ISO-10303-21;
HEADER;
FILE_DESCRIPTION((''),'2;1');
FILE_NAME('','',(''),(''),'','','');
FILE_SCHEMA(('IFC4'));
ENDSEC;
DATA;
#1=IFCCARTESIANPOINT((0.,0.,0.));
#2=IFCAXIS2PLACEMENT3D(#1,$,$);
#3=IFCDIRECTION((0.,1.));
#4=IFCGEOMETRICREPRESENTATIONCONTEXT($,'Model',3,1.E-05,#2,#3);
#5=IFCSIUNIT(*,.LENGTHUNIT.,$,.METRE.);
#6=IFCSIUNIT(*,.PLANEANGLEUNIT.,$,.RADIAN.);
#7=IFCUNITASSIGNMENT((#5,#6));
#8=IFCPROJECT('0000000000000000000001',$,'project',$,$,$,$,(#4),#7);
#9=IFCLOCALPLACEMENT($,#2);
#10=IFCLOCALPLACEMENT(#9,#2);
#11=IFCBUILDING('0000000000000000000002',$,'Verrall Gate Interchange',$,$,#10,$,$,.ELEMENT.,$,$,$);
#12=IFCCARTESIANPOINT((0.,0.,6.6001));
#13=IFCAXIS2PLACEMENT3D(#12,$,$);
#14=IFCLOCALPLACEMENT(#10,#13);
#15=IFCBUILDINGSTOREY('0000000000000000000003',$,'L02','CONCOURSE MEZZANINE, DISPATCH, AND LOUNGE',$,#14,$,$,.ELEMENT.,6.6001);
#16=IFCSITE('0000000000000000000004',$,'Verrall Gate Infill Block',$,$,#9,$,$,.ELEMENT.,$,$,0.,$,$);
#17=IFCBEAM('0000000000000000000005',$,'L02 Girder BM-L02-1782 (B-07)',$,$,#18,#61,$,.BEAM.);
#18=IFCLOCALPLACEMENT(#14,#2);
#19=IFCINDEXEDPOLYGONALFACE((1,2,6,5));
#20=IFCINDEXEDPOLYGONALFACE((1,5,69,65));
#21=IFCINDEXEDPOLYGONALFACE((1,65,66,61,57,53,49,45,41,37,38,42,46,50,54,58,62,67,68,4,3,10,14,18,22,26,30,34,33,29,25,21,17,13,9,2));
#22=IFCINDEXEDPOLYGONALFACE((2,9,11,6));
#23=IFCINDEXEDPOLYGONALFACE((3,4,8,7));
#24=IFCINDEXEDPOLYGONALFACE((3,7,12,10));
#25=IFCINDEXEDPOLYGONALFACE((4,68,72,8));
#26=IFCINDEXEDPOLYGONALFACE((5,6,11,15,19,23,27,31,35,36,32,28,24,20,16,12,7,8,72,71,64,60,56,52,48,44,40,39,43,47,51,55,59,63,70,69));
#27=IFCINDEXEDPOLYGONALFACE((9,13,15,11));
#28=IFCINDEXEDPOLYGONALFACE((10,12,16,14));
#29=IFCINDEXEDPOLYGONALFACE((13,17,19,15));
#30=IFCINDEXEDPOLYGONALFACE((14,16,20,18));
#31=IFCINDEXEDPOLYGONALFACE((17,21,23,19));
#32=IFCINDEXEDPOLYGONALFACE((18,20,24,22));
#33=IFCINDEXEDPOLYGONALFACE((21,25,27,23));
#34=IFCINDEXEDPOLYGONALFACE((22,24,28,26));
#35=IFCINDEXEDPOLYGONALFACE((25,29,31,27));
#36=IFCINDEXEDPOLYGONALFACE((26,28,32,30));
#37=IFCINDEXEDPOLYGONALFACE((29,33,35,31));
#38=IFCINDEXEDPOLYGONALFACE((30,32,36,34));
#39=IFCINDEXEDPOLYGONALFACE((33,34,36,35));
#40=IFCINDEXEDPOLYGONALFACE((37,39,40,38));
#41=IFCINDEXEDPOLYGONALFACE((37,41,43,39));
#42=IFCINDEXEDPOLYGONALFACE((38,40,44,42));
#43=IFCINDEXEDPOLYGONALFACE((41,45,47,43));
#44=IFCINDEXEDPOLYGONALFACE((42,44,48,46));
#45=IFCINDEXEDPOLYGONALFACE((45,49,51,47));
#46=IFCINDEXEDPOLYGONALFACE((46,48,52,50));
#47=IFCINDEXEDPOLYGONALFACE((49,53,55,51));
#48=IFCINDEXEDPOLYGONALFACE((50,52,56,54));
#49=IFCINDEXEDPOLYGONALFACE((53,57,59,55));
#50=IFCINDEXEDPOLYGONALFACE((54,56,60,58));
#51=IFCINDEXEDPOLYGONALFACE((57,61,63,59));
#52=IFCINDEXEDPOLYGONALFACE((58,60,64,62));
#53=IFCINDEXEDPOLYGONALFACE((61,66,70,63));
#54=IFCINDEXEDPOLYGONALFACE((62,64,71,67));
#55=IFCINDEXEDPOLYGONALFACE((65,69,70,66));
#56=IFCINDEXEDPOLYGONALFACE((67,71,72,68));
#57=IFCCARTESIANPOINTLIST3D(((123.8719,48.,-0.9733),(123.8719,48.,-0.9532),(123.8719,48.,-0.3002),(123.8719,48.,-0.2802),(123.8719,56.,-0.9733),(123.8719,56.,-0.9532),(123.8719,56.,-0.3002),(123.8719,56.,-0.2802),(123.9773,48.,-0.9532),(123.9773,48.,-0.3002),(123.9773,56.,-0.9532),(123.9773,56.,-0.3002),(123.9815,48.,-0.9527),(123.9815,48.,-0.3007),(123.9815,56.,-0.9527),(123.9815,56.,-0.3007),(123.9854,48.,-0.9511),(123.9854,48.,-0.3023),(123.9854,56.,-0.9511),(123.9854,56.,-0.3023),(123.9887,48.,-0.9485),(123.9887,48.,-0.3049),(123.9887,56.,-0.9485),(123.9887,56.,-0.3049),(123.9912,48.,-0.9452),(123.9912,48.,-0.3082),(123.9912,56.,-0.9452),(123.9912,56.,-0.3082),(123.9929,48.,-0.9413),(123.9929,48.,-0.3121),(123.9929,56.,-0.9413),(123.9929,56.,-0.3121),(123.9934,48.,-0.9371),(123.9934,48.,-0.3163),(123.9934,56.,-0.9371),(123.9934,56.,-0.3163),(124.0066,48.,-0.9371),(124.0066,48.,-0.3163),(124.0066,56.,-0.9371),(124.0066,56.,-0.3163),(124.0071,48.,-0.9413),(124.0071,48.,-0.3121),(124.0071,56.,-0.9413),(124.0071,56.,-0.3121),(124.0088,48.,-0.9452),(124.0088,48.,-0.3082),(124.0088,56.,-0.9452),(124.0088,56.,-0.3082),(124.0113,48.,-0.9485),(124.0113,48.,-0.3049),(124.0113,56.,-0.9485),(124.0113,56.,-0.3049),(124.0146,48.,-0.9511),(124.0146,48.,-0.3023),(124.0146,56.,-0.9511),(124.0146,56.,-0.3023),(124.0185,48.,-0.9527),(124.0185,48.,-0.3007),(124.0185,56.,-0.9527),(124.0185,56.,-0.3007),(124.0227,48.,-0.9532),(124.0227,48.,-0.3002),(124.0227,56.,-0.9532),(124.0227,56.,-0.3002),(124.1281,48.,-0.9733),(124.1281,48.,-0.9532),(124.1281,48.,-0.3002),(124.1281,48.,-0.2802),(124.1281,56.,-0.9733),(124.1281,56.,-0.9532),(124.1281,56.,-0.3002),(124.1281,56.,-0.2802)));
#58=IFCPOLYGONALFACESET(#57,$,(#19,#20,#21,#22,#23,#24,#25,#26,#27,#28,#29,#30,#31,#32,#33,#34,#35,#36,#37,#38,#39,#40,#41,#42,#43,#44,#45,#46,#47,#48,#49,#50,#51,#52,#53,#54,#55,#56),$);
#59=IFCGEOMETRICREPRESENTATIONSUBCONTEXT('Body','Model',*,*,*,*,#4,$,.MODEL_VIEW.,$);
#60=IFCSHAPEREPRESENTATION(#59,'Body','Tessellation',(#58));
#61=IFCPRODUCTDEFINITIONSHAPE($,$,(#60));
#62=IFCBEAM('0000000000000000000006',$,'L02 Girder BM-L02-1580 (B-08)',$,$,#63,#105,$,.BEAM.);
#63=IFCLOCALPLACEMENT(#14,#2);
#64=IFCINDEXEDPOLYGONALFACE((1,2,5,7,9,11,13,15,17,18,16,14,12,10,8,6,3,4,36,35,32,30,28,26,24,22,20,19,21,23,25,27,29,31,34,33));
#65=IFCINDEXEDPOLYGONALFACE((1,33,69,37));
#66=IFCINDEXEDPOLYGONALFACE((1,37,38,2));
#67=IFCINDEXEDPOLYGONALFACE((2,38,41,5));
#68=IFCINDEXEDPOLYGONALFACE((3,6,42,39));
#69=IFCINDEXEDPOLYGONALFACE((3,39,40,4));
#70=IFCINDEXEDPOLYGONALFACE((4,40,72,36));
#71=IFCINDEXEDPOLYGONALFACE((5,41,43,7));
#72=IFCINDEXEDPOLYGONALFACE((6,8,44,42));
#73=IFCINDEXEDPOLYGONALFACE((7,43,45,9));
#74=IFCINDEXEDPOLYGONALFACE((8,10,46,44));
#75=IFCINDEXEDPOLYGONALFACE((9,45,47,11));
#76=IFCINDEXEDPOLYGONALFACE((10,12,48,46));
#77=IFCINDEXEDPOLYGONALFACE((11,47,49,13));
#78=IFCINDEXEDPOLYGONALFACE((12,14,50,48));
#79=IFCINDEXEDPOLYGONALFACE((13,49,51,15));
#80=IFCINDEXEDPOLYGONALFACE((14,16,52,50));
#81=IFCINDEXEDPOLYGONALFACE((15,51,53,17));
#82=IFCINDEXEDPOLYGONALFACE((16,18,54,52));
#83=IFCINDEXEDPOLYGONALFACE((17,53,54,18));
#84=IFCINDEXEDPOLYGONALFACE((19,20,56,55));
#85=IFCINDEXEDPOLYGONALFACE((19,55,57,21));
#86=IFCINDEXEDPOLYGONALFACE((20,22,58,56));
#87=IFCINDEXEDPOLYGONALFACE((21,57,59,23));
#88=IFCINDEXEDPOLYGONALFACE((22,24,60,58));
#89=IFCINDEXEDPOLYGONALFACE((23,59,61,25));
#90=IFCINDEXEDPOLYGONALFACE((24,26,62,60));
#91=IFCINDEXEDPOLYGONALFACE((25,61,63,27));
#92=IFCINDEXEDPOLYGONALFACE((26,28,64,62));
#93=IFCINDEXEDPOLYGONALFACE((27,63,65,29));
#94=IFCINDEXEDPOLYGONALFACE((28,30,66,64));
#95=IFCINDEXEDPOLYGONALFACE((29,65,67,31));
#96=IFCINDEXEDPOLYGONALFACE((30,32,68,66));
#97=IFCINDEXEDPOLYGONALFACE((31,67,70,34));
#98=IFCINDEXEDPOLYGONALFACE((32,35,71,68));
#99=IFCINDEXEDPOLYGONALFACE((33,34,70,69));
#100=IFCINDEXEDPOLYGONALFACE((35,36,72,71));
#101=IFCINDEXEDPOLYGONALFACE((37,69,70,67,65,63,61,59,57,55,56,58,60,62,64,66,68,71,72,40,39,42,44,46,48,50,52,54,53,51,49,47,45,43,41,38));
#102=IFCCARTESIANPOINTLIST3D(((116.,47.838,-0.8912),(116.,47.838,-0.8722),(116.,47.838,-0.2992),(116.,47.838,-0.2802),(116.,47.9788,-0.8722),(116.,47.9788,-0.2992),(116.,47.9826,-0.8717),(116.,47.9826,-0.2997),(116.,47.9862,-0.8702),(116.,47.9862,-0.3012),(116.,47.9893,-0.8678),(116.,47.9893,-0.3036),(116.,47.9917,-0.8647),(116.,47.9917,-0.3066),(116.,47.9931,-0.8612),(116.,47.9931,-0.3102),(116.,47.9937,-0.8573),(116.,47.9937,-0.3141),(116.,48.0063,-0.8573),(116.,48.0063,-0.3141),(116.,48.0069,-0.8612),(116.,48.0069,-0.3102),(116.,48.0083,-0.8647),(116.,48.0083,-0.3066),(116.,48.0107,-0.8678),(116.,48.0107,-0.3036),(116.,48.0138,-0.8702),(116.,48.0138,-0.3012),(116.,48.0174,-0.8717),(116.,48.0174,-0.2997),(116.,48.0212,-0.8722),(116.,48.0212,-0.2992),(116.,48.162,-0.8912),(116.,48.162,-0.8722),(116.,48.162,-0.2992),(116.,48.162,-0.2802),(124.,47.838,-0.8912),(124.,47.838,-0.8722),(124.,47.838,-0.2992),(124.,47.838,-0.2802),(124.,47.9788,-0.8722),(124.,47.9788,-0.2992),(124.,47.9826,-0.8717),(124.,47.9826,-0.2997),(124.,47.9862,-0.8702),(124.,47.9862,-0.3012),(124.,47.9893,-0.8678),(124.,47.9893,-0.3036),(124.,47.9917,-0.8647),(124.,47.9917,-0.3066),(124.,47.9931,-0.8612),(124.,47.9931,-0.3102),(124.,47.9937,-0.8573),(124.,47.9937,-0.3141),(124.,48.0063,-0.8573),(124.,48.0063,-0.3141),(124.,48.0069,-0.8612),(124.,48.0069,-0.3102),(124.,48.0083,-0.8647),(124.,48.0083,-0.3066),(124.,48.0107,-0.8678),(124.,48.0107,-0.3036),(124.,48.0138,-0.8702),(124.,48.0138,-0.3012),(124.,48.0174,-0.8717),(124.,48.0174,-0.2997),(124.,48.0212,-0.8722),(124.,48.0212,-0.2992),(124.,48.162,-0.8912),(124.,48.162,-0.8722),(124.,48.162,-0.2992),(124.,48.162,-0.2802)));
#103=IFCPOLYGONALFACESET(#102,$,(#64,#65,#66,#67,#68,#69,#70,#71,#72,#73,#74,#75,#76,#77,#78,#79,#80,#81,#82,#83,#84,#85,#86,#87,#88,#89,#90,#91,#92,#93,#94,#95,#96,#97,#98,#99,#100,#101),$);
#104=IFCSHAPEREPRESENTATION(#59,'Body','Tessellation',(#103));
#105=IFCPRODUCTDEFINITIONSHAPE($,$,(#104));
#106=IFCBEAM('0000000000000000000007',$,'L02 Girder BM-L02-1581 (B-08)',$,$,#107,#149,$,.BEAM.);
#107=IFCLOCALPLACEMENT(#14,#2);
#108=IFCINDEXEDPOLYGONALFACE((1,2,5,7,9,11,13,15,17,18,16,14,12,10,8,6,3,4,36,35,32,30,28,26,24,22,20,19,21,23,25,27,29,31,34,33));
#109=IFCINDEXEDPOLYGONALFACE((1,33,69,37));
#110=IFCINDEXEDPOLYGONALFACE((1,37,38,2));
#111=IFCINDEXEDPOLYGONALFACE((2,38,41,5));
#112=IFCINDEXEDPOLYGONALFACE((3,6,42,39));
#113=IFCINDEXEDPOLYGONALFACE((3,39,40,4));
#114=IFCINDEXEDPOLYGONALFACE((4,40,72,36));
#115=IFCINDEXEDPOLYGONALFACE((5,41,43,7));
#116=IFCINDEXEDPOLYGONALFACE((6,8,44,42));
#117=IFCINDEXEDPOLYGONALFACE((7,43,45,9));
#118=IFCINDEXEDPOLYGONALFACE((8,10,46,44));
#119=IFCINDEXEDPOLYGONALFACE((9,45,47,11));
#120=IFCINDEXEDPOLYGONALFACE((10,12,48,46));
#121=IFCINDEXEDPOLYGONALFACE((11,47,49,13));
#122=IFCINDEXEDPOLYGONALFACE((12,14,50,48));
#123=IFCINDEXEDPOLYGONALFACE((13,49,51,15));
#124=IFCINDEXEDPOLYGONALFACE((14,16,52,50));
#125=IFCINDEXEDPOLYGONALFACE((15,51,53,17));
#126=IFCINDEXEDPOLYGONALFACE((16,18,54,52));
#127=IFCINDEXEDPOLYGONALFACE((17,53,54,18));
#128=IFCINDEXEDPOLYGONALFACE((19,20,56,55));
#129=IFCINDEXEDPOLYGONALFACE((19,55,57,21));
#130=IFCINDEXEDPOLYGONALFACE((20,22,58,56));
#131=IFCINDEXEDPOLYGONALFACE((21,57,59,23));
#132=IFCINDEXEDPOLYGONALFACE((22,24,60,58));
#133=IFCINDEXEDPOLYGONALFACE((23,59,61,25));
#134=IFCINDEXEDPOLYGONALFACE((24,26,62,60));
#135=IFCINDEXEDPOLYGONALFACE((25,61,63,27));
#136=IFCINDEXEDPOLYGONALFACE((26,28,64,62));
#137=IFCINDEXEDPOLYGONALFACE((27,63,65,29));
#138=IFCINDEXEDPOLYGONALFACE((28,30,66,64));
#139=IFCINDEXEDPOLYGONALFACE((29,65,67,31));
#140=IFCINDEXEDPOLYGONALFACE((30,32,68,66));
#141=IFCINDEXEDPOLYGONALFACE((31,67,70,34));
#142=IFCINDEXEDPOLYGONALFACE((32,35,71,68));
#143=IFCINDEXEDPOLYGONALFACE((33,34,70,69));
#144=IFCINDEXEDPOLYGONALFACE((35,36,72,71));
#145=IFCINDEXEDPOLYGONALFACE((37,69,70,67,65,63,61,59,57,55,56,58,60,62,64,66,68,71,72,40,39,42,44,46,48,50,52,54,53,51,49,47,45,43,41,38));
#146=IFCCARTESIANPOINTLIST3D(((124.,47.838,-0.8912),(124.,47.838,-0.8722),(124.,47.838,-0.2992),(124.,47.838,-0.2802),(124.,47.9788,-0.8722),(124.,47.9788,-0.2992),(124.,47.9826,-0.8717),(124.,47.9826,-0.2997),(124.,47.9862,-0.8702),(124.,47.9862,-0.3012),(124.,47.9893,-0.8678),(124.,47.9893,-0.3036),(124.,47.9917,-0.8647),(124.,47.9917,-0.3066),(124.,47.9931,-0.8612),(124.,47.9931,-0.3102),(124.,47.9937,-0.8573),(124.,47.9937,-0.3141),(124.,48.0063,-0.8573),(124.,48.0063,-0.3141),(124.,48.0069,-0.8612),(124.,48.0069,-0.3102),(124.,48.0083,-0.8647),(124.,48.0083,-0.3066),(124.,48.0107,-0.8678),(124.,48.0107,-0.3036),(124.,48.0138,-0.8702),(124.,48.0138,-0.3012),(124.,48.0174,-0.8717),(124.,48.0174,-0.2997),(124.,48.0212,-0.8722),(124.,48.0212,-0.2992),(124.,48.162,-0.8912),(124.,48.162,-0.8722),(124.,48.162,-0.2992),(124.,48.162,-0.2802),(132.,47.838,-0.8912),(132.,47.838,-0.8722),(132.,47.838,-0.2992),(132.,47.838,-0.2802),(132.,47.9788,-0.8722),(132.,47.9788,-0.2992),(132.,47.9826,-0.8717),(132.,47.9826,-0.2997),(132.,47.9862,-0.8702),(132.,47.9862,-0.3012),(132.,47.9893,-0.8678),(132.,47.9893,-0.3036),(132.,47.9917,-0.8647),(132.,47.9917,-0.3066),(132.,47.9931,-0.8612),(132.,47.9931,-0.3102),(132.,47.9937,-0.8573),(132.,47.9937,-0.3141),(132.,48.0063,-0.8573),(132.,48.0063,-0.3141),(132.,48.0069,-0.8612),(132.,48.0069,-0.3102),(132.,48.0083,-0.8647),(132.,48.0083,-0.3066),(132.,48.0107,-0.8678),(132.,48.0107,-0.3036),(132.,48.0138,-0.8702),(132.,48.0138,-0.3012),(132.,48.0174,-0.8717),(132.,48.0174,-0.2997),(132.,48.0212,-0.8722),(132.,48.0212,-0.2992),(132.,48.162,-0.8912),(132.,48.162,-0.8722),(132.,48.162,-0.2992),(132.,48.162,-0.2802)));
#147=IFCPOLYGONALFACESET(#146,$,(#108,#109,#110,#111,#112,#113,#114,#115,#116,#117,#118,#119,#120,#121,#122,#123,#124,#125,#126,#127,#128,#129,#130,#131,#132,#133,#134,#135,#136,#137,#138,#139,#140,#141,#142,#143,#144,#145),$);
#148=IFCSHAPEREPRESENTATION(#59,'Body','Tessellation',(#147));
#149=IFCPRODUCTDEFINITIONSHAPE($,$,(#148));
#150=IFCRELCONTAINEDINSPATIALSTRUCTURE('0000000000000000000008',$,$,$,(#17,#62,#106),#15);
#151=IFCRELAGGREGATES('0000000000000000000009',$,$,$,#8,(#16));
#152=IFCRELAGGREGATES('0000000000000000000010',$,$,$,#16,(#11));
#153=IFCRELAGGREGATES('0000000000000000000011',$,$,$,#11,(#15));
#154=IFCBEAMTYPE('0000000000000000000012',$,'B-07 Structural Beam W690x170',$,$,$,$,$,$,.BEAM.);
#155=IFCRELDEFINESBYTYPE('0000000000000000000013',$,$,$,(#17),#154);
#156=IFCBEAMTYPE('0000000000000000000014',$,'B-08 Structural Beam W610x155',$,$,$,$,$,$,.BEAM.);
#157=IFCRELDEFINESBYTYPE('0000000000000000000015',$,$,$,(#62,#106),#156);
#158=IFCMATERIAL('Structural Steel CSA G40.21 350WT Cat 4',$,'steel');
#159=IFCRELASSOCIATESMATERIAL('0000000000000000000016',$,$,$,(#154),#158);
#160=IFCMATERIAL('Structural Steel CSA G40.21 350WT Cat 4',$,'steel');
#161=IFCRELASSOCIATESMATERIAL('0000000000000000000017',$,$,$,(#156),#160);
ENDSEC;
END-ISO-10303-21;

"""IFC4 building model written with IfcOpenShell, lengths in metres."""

from ifc_helpers import new_model, si_unit, direction, frame, origin, origin_2d, place, context, subcontext, project, spatial, i_section, extrude, material, material_profile, profile_set, type_object, element, save


model = new_model("IFC4")

# Units and contexts
model_context = context("Model", 3, precision=1e-05, world=origin(), true_north=direction((0.0, 1.0)))
body_context = subcontext(model_context, "Body", "Model", "MODEL_VIEW")
ifc_project = project(units=[si_unit("LENGTHUNIT", "METRE"), si_unit("PLANEANGLEUNIT", "RADIAN")], contexts=[model_context])

# Site, building, storey
site_placement = place(None, origin())
site = spatial("IfcSite", under=ifc_project, at=site_placement, Name="Verrall Gate Infill Block", CompositionType="ELEMENT", RefElevation=0.0)
building_placement = place(site_placement, origin())
building = spatial("IfcBuilding", under=site, at=building_placement, Name="Verrall Gate Interchange", CompositionType="ELEMENT")
storey_placement = place(building_placement, frame((0.0, 0.0, 6.6001)))
storey = spatial("IfcBuildingStorey", under=building, at=storey_placement, Name="L02", Description="CONCOURSE MEZZANINE, DISPATCH, AND LOUNGE", CompositionType="ELEMENT", Elevation=6.6001)

# Beams
ifc_material_1 = material(Name="Structural Steel CSA G40.21 350WT Cat 4", Category="steel")
ifc_material_profile_1 = material_profile(ifc_material_1, i_section(OverallWidth=0.2561, OverallDepth=0.6931, WebThickness=0.0132, FlangeThickness=0.02, FilletRadius=0.0161, at=origin_2d()), Name="W690x170")
ifc_profile_set_1 = profile_set([ifc_material_profile_1], Name="Structural Steel CSA G40.21 350WT Cat 4")
beam_type_1 = type_object("IfcBeamType", Name="B-07 Structural Beam W690x170", PredefinedType="BEAM", material=ifc_profile_set_1)
for number, where, z_axis, x_axis, name in (
    (1, (124.0, 48.0, -0.6267), (0.0, 1.0, 0.0), (-1.0, 0.0, 0.0), "L02 Girder BM-L02-1782 (B-07)"),
):
    element("IfcBeam", number, at=place(storey_placement, frame(where, z_axis=z_axis, x_axis=x_axis)), inside=storey, type_object=beam_type_1, Name=name, PredefinedType="BEAM", context=body_context, shape_type="SweptSolid", body=[
        extrude(i_section(OverallWidth=0.2561, OverallDepth=0.6931, WebThickness=0.0132, FlangeThickness=0.02, FilletRadius=0.0161, at=origin_2d()), origin(), (0.0, 0.0, 1.0), 8.0),
    ])
ifc_material_2 = material(Name="Structural Steel CSA G40.21 350WT Cat 4", Category="steel")
ifc_material_profile_2 = material_profile(ifc_material_2, i_section(OverallWidth=0.324, OverallDepth=0.6111, WebThickness=0.0127, FlangeThickness=0.019, FilletRadius=0.0149, at=origin_2d()), Name="W610x155")
ifc_profile_set_2 = profile_set([ifc_material_profile_2], Name="Structural Steel CSA G40.21 350WT Cat 4")
beam_type_2 = type_object("IfcBeamType", Name="B-08 Structural Beam W610x155", PredefinedType="BEAM", material=ifc_profile_set_2)
for number, where, z_axis, x_axis, name in (
    (2, (116.0, 48.0, -0.5857), (1.0, 0.0, 0.0), (0.0, 1.0, 0.0), "L02 Girder BM-L02-1580 (B-08)"),
    (3, (124.0, 48.0, -0.5857), (1.0, 0.0, 0.0), (0.0, 1.0, 0.0), "L02 Girder BM-L02-1581 (B-08)"),
):
    element("IfcBeam", number, at=place(storey_placement, frame(where, z_axis=z_axis, x_axis=x_axis)), inside=storey, type_object=beam_type_2, Name=name, PredefinedType="BEAM", context=body_context, shape_type="SweptSolid", body=[
        extrude(i_section(OverallWidth=0.324, OverallDepth=0.6111, WebThickness=0.0127, FlangeThickness=0.019, FilletRadius=0.0149, at=origin_2d()), origin(), (0.0, 0.0, 1.0), 8.0),
    ])

save(model, "model.ifc")
